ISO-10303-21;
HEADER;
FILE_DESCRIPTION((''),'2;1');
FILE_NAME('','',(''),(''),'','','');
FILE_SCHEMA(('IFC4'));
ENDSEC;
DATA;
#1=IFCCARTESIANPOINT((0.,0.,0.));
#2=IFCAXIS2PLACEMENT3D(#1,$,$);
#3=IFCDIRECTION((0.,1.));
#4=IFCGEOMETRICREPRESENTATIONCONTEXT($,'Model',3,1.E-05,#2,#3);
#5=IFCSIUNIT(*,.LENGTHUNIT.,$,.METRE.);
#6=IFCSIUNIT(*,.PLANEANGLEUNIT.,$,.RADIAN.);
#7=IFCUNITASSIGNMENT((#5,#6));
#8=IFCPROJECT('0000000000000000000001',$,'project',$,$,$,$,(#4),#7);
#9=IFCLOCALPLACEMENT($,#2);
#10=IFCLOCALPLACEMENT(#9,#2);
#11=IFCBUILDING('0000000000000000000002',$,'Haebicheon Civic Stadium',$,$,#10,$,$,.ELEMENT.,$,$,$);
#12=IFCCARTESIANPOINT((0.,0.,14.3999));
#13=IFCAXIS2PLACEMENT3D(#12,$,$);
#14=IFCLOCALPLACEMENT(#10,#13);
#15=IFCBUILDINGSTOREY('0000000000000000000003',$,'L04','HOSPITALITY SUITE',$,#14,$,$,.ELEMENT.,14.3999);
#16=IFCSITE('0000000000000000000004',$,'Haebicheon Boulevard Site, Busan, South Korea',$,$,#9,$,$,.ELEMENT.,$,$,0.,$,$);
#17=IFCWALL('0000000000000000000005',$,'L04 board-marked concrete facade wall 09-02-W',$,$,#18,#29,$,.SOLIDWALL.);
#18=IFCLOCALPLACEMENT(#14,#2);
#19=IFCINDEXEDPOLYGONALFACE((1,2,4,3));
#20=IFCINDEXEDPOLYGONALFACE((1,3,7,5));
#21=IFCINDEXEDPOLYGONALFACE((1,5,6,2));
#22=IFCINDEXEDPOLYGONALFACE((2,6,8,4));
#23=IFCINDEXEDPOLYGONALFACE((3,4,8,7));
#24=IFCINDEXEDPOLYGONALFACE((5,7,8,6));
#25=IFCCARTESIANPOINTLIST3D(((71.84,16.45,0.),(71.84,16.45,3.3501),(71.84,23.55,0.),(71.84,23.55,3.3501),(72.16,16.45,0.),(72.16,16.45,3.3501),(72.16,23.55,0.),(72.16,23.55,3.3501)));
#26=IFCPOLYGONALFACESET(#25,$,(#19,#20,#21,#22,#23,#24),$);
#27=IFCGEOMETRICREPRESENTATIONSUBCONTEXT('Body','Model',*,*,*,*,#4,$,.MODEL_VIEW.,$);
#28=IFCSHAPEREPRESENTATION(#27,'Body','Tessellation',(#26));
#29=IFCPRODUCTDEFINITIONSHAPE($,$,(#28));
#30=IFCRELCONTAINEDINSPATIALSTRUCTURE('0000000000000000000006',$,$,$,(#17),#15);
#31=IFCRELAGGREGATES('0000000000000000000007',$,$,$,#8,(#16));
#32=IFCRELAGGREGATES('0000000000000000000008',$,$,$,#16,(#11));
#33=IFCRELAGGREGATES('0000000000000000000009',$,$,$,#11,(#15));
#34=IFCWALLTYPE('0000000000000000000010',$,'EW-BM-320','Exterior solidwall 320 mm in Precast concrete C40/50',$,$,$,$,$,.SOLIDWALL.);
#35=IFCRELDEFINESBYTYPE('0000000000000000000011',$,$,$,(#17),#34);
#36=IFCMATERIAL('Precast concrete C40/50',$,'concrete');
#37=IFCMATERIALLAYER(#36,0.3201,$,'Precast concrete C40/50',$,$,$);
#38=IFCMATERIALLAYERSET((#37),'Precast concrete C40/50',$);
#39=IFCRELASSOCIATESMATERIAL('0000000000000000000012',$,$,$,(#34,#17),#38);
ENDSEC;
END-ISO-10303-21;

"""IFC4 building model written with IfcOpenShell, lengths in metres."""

from ifc_helpers import new_model, si_unit, direction, frame, frame_2d, origin, place, context, subcontext, project, spatial, rectangle, extrude, material, layer, layer_set, type_object, element, save


model = new_model("IFC4")

# Units and contexts
model_context = context("Model", 3, precision=1e-05, world=origin(), true_north=direction((0.0, 1.0)))
body_context = subcontext(model_context, "Body", "Model", "MODEL_VIEW")
ifc_project = project(units=[si_unit("LENGTHUNIT", "METRE"), si_unit("PLANEANGLEUNIT", "RADIAN")], contexts=[model_context])

# Site, building, storey
site_placement = place(None, origin())
site = spatial("IfcSite", under=ifc_project, at=site_placement, Name="Haebicheon Boulevard Site, Busan, South Korea", CompositionType="ELEMENT", RefElevation=0.0)
building_placement = place(site_placement, origin())
building = spatial("IfcBuilding", under=site, at=building_placement, Name="Haebicheon Civic Stadium", CompositionType="ELEMENT")
storey_placement = place(building_placement, frame((0.0, 0.0, 14.3999)))
storey = spatial("IfcBuildingStorey", under=building, at=storey_placement, Name="L04", Description="HOSPITALITY SUITE", CompositionType="ELEMENT", Elevation=14.3999)

# Wall
ifc_material_1 = material(Name="Precast concrete C40/50", Category="concrete")
ifc_layer_1 = layer(ifc_material_1, 0.3201, Name="Precast concrete C40/50")
ifc_layer_set_1 = layer_set([ifc_layer_1], Name="Precast concrete C40/50")
wall_type = type_object("IfcWallType", Name="EW-BM-320", Description="Exterior solidwall 320 mm in Precast concrete C40/50", PredefinedType="SOLIDWALL", material=ifc_layer_set_1)
wall_placement = place(storey_placement, frame((72.0, 16.45, 0.0), z_axis=(0.0, 0.0, 1.0), x_axis=(0.0, 1.0, 0.0)))
element("IfcWall", 1, at=wall_placement, inside=storey, type_object=wall_type, material=ifc_layer_set_1, Name="L04 board-marked concrete facade wall 09-02-W", PredefinedType="SOLIDWALL", context=body_context, shape_type="SweptSolid", body=[
    extrude(rectangle(XDim=7.1001, YDim=0.3201, at=frame_2d((3.55, 0.0))), origin(), (0.0, 0.0, 1.0), 3.3501),
])

save(model, "model.ifc")
